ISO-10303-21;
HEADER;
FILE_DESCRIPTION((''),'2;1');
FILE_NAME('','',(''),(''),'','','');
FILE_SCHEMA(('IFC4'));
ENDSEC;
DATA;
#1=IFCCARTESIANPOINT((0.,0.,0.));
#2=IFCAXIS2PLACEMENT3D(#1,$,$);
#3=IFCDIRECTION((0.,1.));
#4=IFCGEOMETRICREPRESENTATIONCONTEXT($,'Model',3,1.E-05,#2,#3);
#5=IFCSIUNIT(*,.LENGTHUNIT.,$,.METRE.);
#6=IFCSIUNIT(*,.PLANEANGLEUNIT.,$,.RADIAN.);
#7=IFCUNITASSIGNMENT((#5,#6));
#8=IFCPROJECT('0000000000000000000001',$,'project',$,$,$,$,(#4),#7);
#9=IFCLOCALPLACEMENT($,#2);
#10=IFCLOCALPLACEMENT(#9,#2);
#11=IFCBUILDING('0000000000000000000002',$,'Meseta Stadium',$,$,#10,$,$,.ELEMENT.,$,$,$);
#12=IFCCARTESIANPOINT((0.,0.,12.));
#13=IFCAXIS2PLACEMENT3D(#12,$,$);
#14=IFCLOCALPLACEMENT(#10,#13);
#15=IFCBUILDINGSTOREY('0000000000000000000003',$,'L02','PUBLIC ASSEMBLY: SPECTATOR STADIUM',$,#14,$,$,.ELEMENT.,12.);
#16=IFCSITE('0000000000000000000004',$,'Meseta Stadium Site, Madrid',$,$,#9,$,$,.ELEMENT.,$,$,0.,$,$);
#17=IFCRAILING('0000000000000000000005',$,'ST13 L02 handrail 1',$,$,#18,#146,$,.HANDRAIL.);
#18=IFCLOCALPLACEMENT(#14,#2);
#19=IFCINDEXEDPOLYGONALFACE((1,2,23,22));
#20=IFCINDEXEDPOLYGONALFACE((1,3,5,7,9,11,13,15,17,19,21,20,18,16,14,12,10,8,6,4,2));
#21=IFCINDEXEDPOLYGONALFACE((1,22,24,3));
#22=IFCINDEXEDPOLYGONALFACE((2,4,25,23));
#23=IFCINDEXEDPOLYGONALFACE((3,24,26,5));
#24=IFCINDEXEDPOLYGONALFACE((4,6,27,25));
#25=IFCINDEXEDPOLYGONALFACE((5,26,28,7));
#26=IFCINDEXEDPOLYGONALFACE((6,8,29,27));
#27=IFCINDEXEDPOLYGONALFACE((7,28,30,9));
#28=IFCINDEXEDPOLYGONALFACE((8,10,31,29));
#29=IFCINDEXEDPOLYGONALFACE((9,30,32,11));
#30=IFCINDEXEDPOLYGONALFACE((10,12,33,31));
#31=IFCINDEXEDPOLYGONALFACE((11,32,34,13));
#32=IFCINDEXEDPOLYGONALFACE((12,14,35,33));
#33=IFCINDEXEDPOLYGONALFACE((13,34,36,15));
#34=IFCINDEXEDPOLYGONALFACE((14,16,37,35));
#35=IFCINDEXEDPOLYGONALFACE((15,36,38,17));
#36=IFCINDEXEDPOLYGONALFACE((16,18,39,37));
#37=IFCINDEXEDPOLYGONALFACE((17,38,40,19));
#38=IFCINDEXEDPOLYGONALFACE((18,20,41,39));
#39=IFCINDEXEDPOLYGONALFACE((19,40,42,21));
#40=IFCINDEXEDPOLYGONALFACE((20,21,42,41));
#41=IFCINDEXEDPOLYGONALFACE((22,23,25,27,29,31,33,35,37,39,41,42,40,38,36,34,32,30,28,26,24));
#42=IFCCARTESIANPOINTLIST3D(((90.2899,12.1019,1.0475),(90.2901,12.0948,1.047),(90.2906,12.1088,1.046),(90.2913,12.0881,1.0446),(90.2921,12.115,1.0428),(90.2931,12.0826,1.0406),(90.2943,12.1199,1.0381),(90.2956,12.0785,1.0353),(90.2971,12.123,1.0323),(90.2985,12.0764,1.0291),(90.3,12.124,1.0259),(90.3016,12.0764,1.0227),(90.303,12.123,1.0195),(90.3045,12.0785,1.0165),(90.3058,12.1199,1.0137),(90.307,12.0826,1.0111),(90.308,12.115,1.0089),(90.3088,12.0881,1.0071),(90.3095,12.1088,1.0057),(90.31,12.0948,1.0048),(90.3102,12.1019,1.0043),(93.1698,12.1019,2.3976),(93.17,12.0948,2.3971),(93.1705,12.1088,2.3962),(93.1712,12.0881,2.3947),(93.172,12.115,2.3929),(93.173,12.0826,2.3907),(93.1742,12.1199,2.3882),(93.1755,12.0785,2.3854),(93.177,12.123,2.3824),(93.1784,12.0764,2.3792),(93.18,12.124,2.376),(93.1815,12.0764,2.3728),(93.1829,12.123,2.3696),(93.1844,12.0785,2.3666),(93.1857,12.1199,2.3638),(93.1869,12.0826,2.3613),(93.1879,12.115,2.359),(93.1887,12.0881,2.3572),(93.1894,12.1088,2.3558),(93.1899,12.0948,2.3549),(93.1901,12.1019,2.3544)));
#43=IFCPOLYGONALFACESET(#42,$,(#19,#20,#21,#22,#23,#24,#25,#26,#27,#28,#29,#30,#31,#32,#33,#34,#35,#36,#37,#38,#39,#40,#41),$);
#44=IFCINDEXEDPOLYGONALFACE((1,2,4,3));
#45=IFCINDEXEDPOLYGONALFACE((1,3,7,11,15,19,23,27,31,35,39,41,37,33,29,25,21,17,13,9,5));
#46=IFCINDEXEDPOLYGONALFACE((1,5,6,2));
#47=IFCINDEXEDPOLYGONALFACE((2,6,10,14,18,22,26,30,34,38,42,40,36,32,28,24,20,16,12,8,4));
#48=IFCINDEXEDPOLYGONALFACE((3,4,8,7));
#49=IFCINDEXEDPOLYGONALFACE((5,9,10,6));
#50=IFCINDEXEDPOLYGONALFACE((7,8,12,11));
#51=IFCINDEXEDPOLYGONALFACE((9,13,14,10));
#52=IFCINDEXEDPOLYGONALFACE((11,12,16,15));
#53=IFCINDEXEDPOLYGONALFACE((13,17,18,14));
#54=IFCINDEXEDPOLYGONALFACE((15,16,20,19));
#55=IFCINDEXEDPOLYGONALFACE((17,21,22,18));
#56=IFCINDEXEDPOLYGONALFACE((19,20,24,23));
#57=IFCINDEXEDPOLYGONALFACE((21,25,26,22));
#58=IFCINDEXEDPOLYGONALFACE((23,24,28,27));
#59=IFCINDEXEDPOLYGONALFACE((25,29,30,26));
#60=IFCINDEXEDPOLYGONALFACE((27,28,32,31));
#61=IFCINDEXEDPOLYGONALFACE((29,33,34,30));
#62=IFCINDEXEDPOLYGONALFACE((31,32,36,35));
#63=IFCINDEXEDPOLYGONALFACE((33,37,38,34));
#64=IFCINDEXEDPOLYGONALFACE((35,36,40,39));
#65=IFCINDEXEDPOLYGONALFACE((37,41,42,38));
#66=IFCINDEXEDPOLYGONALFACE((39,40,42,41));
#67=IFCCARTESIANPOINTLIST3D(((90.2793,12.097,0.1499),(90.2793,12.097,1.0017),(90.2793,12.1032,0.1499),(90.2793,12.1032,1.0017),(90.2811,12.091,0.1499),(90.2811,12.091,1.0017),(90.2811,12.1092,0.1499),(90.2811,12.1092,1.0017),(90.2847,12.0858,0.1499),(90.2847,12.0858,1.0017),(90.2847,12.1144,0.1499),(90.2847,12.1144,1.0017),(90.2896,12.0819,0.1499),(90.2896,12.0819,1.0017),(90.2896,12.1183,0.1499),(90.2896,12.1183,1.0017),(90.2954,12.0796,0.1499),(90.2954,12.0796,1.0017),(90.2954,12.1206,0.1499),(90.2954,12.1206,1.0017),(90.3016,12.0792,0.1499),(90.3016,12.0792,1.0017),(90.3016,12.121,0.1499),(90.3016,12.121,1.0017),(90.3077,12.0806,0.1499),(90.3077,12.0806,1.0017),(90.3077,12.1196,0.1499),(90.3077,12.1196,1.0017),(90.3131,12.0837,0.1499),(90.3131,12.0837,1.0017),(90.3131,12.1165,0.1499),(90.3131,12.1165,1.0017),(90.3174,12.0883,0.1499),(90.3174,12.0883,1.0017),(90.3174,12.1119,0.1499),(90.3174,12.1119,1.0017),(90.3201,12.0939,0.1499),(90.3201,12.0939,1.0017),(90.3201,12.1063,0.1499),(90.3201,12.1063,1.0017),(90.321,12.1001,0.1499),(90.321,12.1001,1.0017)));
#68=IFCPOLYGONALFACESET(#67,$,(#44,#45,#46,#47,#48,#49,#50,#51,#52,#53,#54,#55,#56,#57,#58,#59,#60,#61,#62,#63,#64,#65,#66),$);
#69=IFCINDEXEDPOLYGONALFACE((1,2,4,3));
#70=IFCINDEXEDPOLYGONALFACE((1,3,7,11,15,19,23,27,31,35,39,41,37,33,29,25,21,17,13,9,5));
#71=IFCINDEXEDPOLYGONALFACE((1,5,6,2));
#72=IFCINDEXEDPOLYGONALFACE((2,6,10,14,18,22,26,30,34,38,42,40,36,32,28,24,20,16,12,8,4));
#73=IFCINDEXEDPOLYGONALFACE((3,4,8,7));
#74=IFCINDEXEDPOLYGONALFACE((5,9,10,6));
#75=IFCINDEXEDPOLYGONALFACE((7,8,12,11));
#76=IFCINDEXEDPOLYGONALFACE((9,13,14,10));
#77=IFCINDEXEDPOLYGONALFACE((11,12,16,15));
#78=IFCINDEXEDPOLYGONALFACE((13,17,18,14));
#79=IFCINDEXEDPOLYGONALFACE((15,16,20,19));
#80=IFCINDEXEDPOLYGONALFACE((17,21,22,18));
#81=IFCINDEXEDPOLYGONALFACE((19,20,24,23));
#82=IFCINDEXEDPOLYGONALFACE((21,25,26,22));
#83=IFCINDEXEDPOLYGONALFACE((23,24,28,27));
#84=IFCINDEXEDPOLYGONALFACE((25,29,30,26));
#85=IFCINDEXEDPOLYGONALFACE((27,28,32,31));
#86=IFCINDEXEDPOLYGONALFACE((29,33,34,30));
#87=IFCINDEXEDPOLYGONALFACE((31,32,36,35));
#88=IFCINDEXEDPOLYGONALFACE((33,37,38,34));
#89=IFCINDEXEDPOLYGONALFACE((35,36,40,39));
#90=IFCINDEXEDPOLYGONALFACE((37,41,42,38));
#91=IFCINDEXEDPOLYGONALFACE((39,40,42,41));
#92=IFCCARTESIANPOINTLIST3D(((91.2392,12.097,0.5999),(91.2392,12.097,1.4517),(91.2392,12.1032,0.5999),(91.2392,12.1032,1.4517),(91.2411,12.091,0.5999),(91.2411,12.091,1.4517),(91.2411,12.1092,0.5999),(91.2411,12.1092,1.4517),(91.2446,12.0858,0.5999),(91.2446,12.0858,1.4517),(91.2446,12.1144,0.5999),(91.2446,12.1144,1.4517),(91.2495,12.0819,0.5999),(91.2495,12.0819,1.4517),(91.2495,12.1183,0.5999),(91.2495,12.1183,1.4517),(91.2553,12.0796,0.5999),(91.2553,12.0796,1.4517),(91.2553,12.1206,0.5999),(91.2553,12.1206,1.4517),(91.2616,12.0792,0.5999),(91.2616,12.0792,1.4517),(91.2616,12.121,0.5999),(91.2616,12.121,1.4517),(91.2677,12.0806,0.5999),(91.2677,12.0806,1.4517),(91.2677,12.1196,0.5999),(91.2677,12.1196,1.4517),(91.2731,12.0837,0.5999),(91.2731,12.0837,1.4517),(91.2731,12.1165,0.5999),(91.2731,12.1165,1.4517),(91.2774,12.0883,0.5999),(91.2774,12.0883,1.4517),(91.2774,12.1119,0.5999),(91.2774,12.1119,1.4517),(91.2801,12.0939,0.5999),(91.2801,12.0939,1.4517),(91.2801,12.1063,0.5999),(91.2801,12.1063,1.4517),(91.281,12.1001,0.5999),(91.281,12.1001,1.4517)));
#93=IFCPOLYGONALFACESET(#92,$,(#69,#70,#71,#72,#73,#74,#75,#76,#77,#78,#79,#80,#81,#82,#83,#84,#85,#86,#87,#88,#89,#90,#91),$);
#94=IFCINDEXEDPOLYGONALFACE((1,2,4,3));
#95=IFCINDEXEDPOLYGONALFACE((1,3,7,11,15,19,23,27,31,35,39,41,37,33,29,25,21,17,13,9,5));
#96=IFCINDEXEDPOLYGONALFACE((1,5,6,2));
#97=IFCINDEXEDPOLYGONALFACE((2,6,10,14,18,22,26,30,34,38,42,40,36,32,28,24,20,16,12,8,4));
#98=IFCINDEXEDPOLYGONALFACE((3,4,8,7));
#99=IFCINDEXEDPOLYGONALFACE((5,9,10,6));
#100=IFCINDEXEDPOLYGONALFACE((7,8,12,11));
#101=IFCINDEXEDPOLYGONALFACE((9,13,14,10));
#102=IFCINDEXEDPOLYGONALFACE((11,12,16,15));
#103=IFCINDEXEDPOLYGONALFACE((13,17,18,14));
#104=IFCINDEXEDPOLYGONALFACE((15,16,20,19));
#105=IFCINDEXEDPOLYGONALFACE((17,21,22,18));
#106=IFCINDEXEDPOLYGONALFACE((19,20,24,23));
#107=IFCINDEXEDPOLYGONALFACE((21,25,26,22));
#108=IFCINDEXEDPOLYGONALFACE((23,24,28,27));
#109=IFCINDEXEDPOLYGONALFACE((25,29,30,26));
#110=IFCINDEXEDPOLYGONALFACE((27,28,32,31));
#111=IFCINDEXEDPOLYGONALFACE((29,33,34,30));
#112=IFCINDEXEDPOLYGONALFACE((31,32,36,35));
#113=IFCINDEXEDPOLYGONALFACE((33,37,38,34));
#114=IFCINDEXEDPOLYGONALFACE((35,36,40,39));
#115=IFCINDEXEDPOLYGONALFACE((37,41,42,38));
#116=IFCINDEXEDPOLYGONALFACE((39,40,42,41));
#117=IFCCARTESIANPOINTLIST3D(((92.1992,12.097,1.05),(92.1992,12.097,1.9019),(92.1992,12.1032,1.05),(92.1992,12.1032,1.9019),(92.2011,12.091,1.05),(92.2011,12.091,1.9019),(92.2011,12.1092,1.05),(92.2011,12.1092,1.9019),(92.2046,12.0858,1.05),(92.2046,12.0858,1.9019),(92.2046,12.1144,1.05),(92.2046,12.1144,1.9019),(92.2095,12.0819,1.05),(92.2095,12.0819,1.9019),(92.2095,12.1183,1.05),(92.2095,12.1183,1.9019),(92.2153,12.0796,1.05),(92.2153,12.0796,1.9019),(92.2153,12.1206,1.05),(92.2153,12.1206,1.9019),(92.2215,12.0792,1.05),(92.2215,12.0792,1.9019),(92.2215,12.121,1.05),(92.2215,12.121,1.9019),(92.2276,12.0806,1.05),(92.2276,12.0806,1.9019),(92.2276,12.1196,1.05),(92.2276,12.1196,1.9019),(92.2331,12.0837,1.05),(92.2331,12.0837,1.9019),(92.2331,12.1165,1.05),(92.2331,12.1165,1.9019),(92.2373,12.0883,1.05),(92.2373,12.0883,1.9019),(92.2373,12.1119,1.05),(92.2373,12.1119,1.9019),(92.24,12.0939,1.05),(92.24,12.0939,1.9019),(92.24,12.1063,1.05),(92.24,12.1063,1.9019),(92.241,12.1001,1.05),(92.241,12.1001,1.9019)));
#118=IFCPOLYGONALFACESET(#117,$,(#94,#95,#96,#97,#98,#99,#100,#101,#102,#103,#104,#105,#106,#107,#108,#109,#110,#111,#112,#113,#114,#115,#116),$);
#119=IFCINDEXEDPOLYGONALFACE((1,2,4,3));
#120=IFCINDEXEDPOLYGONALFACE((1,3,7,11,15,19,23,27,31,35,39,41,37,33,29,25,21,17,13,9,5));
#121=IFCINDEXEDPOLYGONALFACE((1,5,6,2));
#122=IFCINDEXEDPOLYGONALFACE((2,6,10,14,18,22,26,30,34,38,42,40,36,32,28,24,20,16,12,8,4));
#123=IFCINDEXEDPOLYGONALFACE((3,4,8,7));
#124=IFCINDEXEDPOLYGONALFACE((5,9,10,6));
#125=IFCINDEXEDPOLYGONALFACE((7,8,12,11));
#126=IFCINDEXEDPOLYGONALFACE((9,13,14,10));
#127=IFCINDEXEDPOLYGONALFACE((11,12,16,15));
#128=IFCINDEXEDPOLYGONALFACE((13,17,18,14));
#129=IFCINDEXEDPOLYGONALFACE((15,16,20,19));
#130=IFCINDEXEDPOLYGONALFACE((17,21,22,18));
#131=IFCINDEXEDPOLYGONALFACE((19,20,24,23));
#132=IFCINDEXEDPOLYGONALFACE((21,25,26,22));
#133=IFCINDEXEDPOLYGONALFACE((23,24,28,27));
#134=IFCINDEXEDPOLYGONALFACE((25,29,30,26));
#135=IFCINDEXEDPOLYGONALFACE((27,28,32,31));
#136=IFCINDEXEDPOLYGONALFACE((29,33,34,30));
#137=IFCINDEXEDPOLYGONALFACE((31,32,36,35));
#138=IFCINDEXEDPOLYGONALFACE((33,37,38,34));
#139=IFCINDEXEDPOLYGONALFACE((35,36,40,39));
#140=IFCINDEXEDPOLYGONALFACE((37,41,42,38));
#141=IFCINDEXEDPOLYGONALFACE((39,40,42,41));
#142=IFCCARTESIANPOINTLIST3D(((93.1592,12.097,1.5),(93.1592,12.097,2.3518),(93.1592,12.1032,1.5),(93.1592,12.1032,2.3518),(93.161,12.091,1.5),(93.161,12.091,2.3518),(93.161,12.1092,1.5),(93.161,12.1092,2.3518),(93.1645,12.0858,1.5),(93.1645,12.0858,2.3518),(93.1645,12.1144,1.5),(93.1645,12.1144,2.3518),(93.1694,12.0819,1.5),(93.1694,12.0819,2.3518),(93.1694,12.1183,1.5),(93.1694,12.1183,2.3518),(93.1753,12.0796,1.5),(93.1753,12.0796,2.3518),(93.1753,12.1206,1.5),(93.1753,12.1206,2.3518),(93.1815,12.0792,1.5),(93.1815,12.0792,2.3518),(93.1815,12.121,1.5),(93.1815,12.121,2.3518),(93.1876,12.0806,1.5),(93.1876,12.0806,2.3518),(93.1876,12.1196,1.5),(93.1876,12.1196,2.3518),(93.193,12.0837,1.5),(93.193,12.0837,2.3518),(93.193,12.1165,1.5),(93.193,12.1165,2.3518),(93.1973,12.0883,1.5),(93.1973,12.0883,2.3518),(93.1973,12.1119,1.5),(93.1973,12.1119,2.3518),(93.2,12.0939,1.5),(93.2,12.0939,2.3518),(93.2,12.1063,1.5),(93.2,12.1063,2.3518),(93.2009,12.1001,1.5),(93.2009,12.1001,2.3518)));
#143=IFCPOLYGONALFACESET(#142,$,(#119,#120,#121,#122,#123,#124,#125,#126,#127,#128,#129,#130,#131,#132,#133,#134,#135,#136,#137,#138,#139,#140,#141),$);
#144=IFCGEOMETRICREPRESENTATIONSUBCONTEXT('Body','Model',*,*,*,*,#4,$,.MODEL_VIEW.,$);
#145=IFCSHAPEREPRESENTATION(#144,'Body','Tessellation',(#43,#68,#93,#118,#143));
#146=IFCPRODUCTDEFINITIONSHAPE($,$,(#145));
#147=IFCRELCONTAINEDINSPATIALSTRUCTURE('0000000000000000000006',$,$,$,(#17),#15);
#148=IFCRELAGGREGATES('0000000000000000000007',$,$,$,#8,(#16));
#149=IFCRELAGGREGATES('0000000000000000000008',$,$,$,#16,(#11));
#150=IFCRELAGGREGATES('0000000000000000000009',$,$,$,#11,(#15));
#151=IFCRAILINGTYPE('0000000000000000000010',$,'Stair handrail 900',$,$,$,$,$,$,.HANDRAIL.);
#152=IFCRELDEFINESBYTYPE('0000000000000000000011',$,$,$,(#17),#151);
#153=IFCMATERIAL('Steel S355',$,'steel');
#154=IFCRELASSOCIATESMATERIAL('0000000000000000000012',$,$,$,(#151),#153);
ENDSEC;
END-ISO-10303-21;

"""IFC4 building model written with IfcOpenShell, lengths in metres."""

from ifc_helpers import new_model, si_unit, direction, frame, origin, origin_2d, place, context, subcontext, project, spatial, circle, extrude, material, type_object, element, save


model = new_model("IFC4")

# Units and contexts
model_context = context("Model", 3, precision=1e-05, world=origin(), true_north=direction((0.0, 1.0)))
body_context = subcontext(model_context, "Body", "Model", "MODEL_VIEW")
ifc_project = project(units=[si_unit("LENGTHUNIT", "METRE"), si_unit("PLANEANGLEUNIT", "RADIAN")], contexts=[model_context])

# Site, building, storey
site_placement = place(None, origin())
site = spatial("IfcSite", under=ifc_project, at=site_placement, Name="Meseta Stadium Site, Madrid", CompositionType="ELEMENT", RefElevation=0.0)
building_placement = place(site_placement, origin())
building = spatial("IfcBuilding", under=site, at=building_placement, Name="Meseta Stadium", CompositionType="ELEMENT")
storey_placement = place(building_placement, frame((0.0, 0.0, 12.0)))
storey = spatial("IfcBuildingStorey", under=building, at=storey_placement, Name="L02", Description="PUBLIC ASSEMBLY: SPECTATOR STADIUM", CompositionType="ELEMENT", Elevation=12.0)

# Railing
ifc_material_1 = material(Name="Steel S355", Category="steel")
railing_type_1 = type_object("IfcRailingType", Name="Stair handrail 900", PredefinedType="HANDRAIL", material=ifc_material_1)
railing_1_placement = place(storey_placement, frame((90.3, 12.1001, 0.1499)))
element("IfcRailing", 1, at=railing_1_placement, inside=storey, type_object=railing_type_1, Name="ST13 L02 handrail 1", PredefinedType="HANDRAIL", context=body_context, shape_type="SweptSolid", body=[
    extrude(circle(Radius=0.0239, at=origin_2d()), frame((0.0, 0.0, 0.876), z_axis=(0.90544, 0.0, 0.424473), x_axis=(0.0, 1.0, 0.0)), (0.0, 0.0, 1.0), 3.1807),
    extrude(circle(Radius=0.021, at=origin_2d()), origin(), (0.0, 0.0, 1.0), 0.8518),
    extrude(circle(Radius=0.021, at=origin_2d()), frame((0.96, 0.0, 0.45)), (0.0, 0.0, 1.0), 0.8518),
    extrude(circle(Radius=0.021, at=origin_2d()), frame((1.9199, 0.0, 0.9001)), (0.0, 0.0, 1.0), 0.8518),
    extrude(circle(Radius=0.021, at=origin_2d()), frame((2.8799, 0.0, 1.3501)), (0.0, 0.0, 1.0), 0.8518),
])

save(model, "model.ifc")
